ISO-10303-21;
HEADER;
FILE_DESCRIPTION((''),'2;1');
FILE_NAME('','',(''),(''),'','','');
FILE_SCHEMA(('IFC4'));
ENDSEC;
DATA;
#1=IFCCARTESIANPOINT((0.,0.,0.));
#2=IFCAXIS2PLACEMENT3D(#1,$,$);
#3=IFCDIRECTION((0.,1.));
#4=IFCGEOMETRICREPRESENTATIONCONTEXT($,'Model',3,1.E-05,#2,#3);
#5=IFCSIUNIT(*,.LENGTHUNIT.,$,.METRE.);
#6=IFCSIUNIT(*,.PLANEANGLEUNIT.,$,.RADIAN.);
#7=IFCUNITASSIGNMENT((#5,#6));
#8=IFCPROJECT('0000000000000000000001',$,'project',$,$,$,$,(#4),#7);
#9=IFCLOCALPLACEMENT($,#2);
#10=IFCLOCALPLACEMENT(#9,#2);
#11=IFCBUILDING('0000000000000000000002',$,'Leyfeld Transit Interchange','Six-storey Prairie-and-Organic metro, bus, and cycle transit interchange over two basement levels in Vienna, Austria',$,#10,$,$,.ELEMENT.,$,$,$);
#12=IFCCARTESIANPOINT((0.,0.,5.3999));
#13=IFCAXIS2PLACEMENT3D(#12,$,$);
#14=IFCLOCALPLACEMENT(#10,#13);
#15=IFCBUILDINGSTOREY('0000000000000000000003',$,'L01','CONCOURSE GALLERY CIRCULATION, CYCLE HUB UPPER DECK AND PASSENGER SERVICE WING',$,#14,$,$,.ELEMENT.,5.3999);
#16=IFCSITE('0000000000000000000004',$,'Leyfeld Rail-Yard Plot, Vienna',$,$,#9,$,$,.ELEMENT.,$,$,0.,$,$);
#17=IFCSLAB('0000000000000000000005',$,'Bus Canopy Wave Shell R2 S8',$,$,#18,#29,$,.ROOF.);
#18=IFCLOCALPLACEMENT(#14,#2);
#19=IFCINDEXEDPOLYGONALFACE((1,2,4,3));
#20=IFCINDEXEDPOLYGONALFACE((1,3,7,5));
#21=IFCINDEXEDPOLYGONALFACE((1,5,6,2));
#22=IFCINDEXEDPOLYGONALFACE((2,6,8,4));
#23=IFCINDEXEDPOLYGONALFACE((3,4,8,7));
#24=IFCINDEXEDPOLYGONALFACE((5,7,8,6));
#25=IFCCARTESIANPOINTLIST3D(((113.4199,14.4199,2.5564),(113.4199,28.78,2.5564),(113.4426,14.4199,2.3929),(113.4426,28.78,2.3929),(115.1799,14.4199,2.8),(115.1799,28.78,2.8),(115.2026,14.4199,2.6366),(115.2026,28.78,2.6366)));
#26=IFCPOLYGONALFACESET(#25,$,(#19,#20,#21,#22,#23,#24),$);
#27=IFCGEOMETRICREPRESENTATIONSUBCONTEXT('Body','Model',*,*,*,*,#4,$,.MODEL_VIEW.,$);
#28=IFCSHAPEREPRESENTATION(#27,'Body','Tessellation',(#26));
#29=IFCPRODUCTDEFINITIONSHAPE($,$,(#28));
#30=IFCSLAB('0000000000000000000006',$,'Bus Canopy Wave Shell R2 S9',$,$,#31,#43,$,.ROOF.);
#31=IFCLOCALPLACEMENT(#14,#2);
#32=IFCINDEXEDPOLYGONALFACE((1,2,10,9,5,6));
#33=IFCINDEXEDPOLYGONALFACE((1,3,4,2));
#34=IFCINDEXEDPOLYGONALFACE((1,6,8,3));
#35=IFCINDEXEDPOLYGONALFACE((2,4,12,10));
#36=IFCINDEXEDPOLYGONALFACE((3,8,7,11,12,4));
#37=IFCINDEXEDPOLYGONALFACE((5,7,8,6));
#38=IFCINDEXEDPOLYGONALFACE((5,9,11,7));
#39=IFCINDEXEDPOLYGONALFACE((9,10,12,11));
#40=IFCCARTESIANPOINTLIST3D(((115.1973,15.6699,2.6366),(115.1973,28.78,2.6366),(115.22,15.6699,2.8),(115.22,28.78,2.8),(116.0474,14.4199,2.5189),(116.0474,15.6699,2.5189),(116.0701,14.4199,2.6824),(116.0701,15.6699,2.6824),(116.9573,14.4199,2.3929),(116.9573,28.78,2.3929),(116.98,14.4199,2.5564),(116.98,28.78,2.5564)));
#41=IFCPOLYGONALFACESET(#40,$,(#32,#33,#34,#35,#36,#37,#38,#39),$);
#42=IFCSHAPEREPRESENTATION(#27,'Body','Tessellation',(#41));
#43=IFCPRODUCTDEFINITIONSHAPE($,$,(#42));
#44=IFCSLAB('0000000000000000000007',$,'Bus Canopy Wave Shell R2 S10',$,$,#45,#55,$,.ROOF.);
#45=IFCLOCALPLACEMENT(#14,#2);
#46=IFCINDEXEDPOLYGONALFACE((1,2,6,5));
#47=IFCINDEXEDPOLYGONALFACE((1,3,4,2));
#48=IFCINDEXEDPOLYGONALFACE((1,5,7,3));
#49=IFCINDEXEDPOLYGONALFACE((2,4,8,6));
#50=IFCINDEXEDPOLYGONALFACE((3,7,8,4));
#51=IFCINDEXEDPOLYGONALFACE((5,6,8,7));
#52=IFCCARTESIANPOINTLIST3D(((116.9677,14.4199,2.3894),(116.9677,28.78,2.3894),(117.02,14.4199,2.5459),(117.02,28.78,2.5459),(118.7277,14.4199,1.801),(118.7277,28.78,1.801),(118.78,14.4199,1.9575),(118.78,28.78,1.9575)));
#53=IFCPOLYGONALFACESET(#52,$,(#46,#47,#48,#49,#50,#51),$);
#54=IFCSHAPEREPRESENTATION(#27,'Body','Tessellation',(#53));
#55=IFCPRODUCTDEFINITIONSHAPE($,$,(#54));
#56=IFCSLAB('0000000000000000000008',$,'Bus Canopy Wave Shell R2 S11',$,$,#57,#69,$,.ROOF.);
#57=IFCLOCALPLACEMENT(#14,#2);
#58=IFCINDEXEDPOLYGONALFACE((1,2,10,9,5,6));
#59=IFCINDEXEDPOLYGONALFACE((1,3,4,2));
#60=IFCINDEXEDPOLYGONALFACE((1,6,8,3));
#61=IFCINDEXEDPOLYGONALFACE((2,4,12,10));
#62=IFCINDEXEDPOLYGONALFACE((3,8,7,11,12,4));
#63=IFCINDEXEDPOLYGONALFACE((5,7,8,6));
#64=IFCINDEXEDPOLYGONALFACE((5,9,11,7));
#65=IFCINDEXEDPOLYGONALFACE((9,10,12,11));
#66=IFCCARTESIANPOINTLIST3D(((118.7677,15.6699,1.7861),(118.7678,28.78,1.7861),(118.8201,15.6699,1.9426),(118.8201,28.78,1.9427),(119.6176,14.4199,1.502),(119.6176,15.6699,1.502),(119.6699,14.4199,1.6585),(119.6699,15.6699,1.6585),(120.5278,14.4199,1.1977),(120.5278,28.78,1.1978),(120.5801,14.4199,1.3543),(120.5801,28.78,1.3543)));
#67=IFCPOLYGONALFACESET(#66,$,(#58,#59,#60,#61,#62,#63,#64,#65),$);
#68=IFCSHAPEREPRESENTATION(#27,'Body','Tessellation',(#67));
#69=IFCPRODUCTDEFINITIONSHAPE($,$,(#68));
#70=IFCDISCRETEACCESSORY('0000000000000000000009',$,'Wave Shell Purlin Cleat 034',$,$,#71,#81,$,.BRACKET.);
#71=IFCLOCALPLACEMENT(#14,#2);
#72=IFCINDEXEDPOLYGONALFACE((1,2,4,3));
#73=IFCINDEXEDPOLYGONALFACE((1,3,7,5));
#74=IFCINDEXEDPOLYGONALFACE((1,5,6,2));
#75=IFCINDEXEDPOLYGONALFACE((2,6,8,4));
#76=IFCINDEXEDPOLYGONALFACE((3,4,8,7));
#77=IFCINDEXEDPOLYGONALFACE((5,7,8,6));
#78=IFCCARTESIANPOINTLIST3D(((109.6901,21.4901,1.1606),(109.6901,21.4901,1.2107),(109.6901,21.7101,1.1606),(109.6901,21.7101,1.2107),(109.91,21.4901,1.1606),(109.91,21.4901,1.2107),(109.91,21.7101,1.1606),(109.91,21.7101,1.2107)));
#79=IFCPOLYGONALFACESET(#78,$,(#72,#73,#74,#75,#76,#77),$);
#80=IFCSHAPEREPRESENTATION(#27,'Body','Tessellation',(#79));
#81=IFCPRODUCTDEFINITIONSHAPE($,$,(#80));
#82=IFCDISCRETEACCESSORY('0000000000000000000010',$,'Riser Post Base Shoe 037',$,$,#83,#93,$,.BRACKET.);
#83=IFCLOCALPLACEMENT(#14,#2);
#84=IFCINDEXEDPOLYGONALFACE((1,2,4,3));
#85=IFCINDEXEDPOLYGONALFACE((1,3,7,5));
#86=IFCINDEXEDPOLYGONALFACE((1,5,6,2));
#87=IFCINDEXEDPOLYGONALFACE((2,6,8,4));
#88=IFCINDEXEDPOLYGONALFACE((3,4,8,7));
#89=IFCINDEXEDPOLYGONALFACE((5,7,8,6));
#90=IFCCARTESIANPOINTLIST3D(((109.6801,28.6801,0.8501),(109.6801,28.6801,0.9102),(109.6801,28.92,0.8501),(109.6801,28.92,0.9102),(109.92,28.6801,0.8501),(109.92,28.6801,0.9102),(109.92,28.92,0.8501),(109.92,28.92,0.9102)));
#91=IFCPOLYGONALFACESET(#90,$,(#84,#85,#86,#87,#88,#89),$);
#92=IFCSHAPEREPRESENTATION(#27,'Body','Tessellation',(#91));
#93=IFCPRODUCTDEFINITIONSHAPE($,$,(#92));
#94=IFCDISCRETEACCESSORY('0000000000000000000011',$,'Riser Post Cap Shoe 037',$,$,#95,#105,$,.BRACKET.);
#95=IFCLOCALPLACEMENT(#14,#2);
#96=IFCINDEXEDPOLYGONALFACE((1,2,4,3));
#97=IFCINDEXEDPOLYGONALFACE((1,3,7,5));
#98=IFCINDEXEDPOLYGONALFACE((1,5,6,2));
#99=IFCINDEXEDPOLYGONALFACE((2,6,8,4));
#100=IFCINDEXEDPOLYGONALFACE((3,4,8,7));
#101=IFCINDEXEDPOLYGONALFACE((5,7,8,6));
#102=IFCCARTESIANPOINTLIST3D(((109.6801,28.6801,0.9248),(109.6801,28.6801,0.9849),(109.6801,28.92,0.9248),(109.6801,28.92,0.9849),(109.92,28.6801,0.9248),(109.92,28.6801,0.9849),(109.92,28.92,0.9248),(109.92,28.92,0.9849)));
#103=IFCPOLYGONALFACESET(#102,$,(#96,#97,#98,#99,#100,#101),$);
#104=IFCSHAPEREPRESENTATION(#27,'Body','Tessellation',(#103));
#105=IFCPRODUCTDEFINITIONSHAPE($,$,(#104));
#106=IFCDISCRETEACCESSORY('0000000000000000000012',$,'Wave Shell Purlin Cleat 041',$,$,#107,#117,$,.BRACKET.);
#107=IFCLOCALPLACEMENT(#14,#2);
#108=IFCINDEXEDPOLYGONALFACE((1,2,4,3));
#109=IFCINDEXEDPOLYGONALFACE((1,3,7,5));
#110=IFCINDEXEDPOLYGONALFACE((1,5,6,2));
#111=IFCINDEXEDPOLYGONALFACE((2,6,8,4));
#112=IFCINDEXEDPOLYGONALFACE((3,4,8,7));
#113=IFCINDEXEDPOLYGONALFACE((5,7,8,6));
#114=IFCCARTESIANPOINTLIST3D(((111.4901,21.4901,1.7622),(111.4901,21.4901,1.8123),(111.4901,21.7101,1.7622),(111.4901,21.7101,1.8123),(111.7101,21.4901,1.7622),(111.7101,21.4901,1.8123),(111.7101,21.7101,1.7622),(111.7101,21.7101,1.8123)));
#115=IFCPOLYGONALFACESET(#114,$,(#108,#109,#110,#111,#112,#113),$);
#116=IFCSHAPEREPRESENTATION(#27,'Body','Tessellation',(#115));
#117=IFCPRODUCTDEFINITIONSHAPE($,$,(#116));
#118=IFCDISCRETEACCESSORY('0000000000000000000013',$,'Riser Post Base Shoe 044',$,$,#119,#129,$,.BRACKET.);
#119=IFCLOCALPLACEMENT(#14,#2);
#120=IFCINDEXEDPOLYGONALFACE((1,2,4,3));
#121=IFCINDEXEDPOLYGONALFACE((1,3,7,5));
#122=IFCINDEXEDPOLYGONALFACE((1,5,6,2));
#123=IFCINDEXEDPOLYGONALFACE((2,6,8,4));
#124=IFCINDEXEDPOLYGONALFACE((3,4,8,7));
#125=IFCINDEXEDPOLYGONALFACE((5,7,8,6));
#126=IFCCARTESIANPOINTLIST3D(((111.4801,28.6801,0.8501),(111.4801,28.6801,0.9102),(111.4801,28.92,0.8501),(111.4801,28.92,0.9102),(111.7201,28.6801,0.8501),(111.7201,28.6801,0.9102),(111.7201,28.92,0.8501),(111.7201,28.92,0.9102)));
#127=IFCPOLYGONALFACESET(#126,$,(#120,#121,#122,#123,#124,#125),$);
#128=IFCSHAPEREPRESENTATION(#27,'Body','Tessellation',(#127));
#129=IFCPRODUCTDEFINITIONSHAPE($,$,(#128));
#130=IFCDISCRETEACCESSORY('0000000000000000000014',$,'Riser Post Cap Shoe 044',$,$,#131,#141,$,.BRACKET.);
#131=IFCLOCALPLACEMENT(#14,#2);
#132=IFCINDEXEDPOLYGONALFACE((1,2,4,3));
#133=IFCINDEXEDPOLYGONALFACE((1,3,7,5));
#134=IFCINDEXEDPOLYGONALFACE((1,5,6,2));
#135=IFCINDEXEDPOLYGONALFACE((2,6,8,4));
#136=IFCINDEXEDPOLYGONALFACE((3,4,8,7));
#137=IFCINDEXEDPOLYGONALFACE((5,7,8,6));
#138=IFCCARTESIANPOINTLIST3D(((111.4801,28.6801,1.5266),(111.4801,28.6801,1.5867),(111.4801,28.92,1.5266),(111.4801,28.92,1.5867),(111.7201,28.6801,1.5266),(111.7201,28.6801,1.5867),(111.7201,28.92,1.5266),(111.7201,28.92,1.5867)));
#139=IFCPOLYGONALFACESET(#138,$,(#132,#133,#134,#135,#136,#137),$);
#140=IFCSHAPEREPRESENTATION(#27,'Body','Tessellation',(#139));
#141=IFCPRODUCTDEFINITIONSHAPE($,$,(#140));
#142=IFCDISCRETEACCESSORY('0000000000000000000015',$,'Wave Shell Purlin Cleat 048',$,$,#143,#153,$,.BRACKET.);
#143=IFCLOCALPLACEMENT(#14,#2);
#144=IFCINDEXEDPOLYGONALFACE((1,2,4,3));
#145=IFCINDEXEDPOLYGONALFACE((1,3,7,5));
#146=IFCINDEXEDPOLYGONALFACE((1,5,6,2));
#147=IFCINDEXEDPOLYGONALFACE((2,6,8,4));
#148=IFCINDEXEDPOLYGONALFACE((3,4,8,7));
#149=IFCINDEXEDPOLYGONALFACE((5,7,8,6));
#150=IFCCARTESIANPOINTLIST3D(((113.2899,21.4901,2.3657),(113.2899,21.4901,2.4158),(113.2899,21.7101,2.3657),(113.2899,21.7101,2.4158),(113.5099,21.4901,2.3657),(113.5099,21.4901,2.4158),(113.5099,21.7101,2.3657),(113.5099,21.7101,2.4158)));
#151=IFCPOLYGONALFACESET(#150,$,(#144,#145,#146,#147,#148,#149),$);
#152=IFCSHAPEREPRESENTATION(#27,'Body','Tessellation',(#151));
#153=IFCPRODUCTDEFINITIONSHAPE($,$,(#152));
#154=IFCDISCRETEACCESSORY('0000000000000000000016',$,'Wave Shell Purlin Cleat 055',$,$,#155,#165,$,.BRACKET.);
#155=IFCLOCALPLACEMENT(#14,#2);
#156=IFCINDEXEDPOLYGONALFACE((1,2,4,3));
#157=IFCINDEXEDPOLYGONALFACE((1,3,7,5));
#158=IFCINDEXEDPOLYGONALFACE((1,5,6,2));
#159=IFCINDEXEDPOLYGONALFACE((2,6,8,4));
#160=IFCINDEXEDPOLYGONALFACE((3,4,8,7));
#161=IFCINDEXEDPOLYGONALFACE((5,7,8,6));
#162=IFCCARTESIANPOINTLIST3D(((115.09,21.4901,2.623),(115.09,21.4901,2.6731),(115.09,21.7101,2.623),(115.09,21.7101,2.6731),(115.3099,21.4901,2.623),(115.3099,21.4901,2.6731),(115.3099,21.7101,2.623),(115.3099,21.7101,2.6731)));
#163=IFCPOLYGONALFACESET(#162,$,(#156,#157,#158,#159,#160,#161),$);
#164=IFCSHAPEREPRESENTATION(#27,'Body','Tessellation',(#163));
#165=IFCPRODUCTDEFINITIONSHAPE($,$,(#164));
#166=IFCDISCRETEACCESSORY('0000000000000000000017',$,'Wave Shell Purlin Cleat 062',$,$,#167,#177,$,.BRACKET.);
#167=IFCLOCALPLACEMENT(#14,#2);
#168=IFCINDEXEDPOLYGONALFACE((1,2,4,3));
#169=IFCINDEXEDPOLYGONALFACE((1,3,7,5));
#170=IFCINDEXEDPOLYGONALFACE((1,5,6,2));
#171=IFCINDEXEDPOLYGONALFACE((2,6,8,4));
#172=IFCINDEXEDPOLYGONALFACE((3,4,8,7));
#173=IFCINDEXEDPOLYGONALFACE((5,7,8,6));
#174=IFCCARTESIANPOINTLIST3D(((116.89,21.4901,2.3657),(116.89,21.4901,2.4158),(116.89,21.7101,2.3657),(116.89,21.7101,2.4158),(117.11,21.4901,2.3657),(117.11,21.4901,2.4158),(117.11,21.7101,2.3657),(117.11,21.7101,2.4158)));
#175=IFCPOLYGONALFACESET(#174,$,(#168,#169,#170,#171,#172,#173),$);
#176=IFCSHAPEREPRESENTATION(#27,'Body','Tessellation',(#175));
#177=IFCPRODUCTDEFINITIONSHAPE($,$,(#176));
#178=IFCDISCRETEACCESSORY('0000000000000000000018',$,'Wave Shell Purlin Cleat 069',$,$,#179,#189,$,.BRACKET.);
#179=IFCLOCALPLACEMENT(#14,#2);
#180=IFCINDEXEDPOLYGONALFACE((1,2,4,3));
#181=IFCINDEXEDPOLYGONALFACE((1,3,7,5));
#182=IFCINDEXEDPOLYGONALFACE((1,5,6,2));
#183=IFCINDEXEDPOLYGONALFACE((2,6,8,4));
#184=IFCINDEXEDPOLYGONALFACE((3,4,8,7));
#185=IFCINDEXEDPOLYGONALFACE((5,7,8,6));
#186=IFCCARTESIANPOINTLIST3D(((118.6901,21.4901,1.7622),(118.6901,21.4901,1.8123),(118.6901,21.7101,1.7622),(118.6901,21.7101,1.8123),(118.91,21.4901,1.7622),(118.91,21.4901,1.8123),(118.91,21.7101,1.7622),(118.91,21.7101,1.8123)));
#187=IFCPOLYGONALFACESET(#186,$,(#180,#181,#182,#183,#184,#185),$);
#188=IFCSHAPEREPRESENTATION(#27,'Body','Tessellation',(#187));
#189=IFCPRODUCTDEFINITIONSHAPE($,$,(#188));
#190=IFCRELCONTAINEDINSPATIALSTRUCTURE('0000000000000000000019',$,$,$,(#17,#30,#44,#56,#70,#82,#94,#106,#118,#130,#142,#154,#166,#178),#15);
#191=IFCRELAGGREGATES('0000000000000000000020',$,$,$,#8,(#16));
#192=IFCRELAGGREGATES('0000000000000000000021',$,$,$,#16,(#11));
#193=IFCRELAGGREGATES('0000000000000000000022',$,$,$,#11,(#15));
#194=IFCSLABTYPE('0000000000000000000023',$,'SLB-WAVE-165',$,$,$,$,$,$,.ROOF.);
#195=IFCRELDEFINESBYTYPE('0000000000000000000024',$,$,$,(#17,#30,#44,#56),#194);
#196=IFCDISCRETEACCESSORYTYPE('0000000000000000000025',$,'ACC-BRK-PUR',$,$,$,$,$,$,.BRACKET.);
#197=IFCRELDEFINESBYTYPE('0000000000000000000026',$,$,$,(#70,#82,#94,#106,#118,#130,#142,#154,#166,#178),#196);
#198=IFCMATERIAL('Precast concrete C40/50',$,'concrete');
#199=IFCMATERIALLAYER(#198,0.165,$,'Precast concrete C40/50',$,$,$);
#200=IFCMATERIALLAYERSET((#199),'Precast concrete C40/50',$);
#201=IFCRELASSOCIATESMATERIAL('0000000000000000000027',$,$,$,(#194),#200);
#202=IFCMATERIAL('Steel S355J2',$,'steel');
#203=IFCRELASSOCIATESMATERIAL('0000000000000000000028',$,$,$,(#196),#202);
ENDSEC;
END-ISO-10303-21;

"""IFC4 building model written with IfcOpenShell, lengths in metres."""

from ifc_helpers import new_model, si_unit, direction, frame, origin, origin_2d, place, context, subcontext, project, spatial, polyline, rectangle, outline, extrude, material, layer, layer_set, type_object, element, save


model = new_model("IFC4")

# Units and contexts
model_context = context("Model", 3, precision=1e-05, world=origin(), true_north=direction((0.0, 1.0)))
body_context = subcontext(model_context, "Body", "Model", "MODEL_VIEW")
ifc_project = project(units=[si_unit("LENGTHUNIT", "METRE"), si_unit("PLANEANGLEUNIT", "RADIAN")], contexts=[model_context])

# Site, building, storey
site_placement = place(None, origin())
site = spatial("IfcSite", under=ifc_project, at=site_placement, Name="Leyfeld Rail-Yard Plot, Vienna", CompositionType="ELEMENT", RefElevation=0.0)
building_placement = place(site_placement, origin())
building = spatial("IfcBuilding", under=site, at=building_placement, Name="Leyfeld Transit Interchange", Description="Six-storey Prairie-and-Organic metro, bus, and cycle transit interchange over two basement levels in Vienna, Austria", CompositionType="ELEMENT")
storey_placement = place(building_placement, frame((0.0, 0.0, 5.3999)))
storey = spatial("IfcBuildingStorey", under=building, at=storey_placement, Name="L01", Description="CONCOURSE GALLERY CIRCULATION, CYCLE HUB UPPER DECK AND PASSENGER SERVICE WING", CompositionType="ELEMENT", Elevation=5.3999)

# Shared definitions
ifc_material_1 = material(Name="Steel S355J2", Category="steel")

# Slabs
ifc_material_2 = material(Name="Precast concrete C40/50", Category="concrete")
ifc_layer = layer(ifc_material_2, 0.165, Name="Precast concrete C40/50")
ifc_layer_set = layer_set([ifc_layer], Name="Precast concrete C40/50")
slab_type = type_object("IfcSlabType", Name="SLB-WAVE-165", PredefinedType="ROOF", material=ifc_layer_set)
slab_1_placement = place(storey_placement, frame((113.4199, 14.4199, 2.5564), z_axis=(-0.13713, 0.0, 0.990553), x_axis=(0.990553, 0.0, 0.13713)))
element("IfcSlab", 1, at=slab_1_placement, inside=storey, type_object=slab_type, Name="Bus Canopy Wave Shell R2 S8", PredefinedType="ROOF", context=body_context, shape_type="SweptSolid", body=[
    extrude(outline(polyline([(0.0, 0.0), (1.7768, 0.0), (1.7768, 14.3601), (0.0, 14.3601), (0.0, 0.0)])), origin(), (0.0, 0.0, -1.0), 0.165),
])
slab_2_placement = place(storey_placement, frame((115.22, 15.6699, 2.8), z_axis=(0.137131, 0.0, 0.990553), x_axis=(0.990553, 0.0, -0.137131)))
element("IfcSlab", 2, at=slab_2_placement, inside=storey, type_object=slab_type, Name="Bus Canopy Wave Shell R2 S9", PredefinedType="ROOF", context=body_context, shape_type="SweptSolid", body=[
    extrude(outline(polyline([(0.0, 0.0), (0.8582, 0.0), (0.8582, -1.25), (1.7768, -1.25), (1.7768, 13.1101), (0.0, 13.1101), (0.0, 0.0)])), origin(), (0.0, 0.0, -1.0), 0.165),
])
slab_3_placement = place(storey_placement, frame((117.02, 14.4199, 2.5459), z_axis=(0.317056, 0.0, 0.948407), x_axis=(0.948407, 0.0, -0.317056)))
element("IfcSlab", 3, at=slab_3_placement, inside=storey, type_object=slab_type, Name="Bus Canopy Wave Shell R2 S10", PredefinedType="ROOF", context=body_context, shape_type="SweptSolid", body=[
    extrude(outline(polyline([(0.0, 0.0), (1.8558, 0.0), (1.8558, 14.3601), (0.0, 14.3601), (0.0, 0.0)])), origin(), (0.0, 0.0, -1.0), 0.165),
])
slab_4_placement = place(storey_placement, frame((118.8201, 15.6699, 1.9426), z_axis=(0.317053, -0.000002, 0.948408), x_axis=(0.948408, 0.0, -0.317053)))
element("IfcSlab", 4, at=slab_4_placement, inside=storey, type_object=slab_type, Name="Bus Canopy Wave Shell R2 S11", PredefinedType="ROOF", context=body_context, shape_type="SweptSolid", body=[
    extrude(outline(polyline([(0.0, 0.0), (0.8961, 0.0), (0.8961, -1.25), (1.8558, -1.25), (1.8558, 13.1101), (0.0, 13.1101), (0.0, 0.0)])), origin(), (0.0, 0.0, -1.0), 0.165),
])

# Discrete accessories
discrete_accessory_type = type_object("IfcDiscreteAccessoryType", Name="ACC-BRK-PUR", PredefinedType="BRACKET", material=ifc_material_1)
discrete_accessory_1_placement = place(storey_placement, frame((109.8, 21.6001, 1.1606), z_axis=(0.0, 0.0, 1.0), x_axis=(1.0, 0.0, 0.0)))
element("IfcDiscreteAccessory", 5, at=discrete_accessory_1_placement, inside=storey, type_object=discrete_accessory_type, Name="Wave Shell Purlin Cleat 034", PredefinedType="BRACKET", context=body_context, shape_type="SweptSolid", body=[
    extrude(rectangle(XDim=0.22, YDim=0.22, at=origin_2d()), origin(), (0.0, 0.0, 1.0), 0.05),
])
for number, where, z_axis, x_axis, name in (
    (6, (109.8, 28.8, 0.8501), (0.0, 0.0, 1.0), (1.0, 0.0, 0.0), "Riser Post Base Shoe 037"),
    (7, (109.8, 28.8, 0.9248), (0.0, 0.0, 1.0), (1.0, 0.0, 0.0), "Riser Post Cap Shoe 037"),
):
    element("IfcDiscreteAccessory", number, at=place(storey_placement, frame(where, z_axis=z_axis, x_axis=x_axis)), inside=storey, type_object=discrete_accessory_type, Name=name, PredefinedType="BRACKET", context=body_context, shape_type="SweptSolid", body=[
        extrude(rectangle(XDim=0.24, YDim=0.24, at=origin_2d()), origin(), (0.0, 0.0, 1.0), 0.0601),
    ])
discrete_accessory_2_placement = place(storey_placement, frame((111.6001, 21.6001, 1.7622), z_axis=(0.0, 0.0, 1.0), x_axis=(1.0, 0.0, 0.0)))
element("IfcDiscreteAccessory", 8, at=discrete_accessory_2_placement, inside=storey, type_object=discrete_accessory_type, Name="Wave Shell Purlin Cleat 041", PredefinedType="BRACKET", context=body_context, shape_type="SweptSolid", body=[
    extrude(rectangle(XDim=0.22, YDim=0.22, at=origin_2d()), origin(), (0.0, 0.0, 1.0), 0.05),
])
for number, where, z_axis, x_axis, name in (
    (9, (111.6001, 28.8, 0.8501), (0.0, 0.0, 1.0), (1.0, 0.0, 0.0), "Riser Post Base Shoe 044"),
    (10, (111.6001, 28.8, 1.5266), (0.0, 0.0, 1.0), (1.0, 0.0, 0.0), "Riser Post Cap Shoe 044"),
):
    element("IfcDiscreteAccessory", number, at=place(storey_placement, frame(where, z_axis=z_axis, x_axis=x_axis)), inside=storey, type_object=discrete_accessory_type, Name=name, PredefinedType="BRACKET", context=body_context, shape_type="SweptSolid", body=[
        extrude(rectangle(XDim=0.24, YDim=0.24, at=origin_2d()), origin(), (0.0, 0.0, 1.0), 0.0601),
    ])
for number, where, z_axis, x_axis, name in (
    (11, (113.3999, 21.6001, 2.3657), (0.0, 0.0, 1.0), (1.0, 0.0, 0.0), "Wave Shell Purlin Cleat 048"),
    (12, (115.2, 21.6001, 2.623), (0.0, 0.0, 1.0), (1.0, 0.0, 0.0), "Wave Shell Purlin Cleat 055"),
    (13, (117.0, 21.6001, 2.3657), (0.0, 0.0, 1.0), (1.0, 0.0, 0.0), "Wave Shell Purlin Cleat 062"),
    (14, (118.8, 21.6001, 1.7622), (0.0, 0.0, 1.0), (1.0, 0.0, 0.0), "Wave Shell Purlin Cleat 069"),
):
    element("IfcDiscreteAccessory", number, at=place(storey_placement, frame(where, z_axis=z_axis, x_axis=x_axis)), inside=storey, type_object=discrete_accessory_type, Name=name, PredefinedType="BRACKET", context=body_context, shape_type="SweptSolid", body=[
        extrude(rectangle(XDim=0.22, YDim=0.22, at=origin_2d()), origin(), (0.0, 0.0, 1.0), 0.05),
    ])

save(model, "model.ifc")
